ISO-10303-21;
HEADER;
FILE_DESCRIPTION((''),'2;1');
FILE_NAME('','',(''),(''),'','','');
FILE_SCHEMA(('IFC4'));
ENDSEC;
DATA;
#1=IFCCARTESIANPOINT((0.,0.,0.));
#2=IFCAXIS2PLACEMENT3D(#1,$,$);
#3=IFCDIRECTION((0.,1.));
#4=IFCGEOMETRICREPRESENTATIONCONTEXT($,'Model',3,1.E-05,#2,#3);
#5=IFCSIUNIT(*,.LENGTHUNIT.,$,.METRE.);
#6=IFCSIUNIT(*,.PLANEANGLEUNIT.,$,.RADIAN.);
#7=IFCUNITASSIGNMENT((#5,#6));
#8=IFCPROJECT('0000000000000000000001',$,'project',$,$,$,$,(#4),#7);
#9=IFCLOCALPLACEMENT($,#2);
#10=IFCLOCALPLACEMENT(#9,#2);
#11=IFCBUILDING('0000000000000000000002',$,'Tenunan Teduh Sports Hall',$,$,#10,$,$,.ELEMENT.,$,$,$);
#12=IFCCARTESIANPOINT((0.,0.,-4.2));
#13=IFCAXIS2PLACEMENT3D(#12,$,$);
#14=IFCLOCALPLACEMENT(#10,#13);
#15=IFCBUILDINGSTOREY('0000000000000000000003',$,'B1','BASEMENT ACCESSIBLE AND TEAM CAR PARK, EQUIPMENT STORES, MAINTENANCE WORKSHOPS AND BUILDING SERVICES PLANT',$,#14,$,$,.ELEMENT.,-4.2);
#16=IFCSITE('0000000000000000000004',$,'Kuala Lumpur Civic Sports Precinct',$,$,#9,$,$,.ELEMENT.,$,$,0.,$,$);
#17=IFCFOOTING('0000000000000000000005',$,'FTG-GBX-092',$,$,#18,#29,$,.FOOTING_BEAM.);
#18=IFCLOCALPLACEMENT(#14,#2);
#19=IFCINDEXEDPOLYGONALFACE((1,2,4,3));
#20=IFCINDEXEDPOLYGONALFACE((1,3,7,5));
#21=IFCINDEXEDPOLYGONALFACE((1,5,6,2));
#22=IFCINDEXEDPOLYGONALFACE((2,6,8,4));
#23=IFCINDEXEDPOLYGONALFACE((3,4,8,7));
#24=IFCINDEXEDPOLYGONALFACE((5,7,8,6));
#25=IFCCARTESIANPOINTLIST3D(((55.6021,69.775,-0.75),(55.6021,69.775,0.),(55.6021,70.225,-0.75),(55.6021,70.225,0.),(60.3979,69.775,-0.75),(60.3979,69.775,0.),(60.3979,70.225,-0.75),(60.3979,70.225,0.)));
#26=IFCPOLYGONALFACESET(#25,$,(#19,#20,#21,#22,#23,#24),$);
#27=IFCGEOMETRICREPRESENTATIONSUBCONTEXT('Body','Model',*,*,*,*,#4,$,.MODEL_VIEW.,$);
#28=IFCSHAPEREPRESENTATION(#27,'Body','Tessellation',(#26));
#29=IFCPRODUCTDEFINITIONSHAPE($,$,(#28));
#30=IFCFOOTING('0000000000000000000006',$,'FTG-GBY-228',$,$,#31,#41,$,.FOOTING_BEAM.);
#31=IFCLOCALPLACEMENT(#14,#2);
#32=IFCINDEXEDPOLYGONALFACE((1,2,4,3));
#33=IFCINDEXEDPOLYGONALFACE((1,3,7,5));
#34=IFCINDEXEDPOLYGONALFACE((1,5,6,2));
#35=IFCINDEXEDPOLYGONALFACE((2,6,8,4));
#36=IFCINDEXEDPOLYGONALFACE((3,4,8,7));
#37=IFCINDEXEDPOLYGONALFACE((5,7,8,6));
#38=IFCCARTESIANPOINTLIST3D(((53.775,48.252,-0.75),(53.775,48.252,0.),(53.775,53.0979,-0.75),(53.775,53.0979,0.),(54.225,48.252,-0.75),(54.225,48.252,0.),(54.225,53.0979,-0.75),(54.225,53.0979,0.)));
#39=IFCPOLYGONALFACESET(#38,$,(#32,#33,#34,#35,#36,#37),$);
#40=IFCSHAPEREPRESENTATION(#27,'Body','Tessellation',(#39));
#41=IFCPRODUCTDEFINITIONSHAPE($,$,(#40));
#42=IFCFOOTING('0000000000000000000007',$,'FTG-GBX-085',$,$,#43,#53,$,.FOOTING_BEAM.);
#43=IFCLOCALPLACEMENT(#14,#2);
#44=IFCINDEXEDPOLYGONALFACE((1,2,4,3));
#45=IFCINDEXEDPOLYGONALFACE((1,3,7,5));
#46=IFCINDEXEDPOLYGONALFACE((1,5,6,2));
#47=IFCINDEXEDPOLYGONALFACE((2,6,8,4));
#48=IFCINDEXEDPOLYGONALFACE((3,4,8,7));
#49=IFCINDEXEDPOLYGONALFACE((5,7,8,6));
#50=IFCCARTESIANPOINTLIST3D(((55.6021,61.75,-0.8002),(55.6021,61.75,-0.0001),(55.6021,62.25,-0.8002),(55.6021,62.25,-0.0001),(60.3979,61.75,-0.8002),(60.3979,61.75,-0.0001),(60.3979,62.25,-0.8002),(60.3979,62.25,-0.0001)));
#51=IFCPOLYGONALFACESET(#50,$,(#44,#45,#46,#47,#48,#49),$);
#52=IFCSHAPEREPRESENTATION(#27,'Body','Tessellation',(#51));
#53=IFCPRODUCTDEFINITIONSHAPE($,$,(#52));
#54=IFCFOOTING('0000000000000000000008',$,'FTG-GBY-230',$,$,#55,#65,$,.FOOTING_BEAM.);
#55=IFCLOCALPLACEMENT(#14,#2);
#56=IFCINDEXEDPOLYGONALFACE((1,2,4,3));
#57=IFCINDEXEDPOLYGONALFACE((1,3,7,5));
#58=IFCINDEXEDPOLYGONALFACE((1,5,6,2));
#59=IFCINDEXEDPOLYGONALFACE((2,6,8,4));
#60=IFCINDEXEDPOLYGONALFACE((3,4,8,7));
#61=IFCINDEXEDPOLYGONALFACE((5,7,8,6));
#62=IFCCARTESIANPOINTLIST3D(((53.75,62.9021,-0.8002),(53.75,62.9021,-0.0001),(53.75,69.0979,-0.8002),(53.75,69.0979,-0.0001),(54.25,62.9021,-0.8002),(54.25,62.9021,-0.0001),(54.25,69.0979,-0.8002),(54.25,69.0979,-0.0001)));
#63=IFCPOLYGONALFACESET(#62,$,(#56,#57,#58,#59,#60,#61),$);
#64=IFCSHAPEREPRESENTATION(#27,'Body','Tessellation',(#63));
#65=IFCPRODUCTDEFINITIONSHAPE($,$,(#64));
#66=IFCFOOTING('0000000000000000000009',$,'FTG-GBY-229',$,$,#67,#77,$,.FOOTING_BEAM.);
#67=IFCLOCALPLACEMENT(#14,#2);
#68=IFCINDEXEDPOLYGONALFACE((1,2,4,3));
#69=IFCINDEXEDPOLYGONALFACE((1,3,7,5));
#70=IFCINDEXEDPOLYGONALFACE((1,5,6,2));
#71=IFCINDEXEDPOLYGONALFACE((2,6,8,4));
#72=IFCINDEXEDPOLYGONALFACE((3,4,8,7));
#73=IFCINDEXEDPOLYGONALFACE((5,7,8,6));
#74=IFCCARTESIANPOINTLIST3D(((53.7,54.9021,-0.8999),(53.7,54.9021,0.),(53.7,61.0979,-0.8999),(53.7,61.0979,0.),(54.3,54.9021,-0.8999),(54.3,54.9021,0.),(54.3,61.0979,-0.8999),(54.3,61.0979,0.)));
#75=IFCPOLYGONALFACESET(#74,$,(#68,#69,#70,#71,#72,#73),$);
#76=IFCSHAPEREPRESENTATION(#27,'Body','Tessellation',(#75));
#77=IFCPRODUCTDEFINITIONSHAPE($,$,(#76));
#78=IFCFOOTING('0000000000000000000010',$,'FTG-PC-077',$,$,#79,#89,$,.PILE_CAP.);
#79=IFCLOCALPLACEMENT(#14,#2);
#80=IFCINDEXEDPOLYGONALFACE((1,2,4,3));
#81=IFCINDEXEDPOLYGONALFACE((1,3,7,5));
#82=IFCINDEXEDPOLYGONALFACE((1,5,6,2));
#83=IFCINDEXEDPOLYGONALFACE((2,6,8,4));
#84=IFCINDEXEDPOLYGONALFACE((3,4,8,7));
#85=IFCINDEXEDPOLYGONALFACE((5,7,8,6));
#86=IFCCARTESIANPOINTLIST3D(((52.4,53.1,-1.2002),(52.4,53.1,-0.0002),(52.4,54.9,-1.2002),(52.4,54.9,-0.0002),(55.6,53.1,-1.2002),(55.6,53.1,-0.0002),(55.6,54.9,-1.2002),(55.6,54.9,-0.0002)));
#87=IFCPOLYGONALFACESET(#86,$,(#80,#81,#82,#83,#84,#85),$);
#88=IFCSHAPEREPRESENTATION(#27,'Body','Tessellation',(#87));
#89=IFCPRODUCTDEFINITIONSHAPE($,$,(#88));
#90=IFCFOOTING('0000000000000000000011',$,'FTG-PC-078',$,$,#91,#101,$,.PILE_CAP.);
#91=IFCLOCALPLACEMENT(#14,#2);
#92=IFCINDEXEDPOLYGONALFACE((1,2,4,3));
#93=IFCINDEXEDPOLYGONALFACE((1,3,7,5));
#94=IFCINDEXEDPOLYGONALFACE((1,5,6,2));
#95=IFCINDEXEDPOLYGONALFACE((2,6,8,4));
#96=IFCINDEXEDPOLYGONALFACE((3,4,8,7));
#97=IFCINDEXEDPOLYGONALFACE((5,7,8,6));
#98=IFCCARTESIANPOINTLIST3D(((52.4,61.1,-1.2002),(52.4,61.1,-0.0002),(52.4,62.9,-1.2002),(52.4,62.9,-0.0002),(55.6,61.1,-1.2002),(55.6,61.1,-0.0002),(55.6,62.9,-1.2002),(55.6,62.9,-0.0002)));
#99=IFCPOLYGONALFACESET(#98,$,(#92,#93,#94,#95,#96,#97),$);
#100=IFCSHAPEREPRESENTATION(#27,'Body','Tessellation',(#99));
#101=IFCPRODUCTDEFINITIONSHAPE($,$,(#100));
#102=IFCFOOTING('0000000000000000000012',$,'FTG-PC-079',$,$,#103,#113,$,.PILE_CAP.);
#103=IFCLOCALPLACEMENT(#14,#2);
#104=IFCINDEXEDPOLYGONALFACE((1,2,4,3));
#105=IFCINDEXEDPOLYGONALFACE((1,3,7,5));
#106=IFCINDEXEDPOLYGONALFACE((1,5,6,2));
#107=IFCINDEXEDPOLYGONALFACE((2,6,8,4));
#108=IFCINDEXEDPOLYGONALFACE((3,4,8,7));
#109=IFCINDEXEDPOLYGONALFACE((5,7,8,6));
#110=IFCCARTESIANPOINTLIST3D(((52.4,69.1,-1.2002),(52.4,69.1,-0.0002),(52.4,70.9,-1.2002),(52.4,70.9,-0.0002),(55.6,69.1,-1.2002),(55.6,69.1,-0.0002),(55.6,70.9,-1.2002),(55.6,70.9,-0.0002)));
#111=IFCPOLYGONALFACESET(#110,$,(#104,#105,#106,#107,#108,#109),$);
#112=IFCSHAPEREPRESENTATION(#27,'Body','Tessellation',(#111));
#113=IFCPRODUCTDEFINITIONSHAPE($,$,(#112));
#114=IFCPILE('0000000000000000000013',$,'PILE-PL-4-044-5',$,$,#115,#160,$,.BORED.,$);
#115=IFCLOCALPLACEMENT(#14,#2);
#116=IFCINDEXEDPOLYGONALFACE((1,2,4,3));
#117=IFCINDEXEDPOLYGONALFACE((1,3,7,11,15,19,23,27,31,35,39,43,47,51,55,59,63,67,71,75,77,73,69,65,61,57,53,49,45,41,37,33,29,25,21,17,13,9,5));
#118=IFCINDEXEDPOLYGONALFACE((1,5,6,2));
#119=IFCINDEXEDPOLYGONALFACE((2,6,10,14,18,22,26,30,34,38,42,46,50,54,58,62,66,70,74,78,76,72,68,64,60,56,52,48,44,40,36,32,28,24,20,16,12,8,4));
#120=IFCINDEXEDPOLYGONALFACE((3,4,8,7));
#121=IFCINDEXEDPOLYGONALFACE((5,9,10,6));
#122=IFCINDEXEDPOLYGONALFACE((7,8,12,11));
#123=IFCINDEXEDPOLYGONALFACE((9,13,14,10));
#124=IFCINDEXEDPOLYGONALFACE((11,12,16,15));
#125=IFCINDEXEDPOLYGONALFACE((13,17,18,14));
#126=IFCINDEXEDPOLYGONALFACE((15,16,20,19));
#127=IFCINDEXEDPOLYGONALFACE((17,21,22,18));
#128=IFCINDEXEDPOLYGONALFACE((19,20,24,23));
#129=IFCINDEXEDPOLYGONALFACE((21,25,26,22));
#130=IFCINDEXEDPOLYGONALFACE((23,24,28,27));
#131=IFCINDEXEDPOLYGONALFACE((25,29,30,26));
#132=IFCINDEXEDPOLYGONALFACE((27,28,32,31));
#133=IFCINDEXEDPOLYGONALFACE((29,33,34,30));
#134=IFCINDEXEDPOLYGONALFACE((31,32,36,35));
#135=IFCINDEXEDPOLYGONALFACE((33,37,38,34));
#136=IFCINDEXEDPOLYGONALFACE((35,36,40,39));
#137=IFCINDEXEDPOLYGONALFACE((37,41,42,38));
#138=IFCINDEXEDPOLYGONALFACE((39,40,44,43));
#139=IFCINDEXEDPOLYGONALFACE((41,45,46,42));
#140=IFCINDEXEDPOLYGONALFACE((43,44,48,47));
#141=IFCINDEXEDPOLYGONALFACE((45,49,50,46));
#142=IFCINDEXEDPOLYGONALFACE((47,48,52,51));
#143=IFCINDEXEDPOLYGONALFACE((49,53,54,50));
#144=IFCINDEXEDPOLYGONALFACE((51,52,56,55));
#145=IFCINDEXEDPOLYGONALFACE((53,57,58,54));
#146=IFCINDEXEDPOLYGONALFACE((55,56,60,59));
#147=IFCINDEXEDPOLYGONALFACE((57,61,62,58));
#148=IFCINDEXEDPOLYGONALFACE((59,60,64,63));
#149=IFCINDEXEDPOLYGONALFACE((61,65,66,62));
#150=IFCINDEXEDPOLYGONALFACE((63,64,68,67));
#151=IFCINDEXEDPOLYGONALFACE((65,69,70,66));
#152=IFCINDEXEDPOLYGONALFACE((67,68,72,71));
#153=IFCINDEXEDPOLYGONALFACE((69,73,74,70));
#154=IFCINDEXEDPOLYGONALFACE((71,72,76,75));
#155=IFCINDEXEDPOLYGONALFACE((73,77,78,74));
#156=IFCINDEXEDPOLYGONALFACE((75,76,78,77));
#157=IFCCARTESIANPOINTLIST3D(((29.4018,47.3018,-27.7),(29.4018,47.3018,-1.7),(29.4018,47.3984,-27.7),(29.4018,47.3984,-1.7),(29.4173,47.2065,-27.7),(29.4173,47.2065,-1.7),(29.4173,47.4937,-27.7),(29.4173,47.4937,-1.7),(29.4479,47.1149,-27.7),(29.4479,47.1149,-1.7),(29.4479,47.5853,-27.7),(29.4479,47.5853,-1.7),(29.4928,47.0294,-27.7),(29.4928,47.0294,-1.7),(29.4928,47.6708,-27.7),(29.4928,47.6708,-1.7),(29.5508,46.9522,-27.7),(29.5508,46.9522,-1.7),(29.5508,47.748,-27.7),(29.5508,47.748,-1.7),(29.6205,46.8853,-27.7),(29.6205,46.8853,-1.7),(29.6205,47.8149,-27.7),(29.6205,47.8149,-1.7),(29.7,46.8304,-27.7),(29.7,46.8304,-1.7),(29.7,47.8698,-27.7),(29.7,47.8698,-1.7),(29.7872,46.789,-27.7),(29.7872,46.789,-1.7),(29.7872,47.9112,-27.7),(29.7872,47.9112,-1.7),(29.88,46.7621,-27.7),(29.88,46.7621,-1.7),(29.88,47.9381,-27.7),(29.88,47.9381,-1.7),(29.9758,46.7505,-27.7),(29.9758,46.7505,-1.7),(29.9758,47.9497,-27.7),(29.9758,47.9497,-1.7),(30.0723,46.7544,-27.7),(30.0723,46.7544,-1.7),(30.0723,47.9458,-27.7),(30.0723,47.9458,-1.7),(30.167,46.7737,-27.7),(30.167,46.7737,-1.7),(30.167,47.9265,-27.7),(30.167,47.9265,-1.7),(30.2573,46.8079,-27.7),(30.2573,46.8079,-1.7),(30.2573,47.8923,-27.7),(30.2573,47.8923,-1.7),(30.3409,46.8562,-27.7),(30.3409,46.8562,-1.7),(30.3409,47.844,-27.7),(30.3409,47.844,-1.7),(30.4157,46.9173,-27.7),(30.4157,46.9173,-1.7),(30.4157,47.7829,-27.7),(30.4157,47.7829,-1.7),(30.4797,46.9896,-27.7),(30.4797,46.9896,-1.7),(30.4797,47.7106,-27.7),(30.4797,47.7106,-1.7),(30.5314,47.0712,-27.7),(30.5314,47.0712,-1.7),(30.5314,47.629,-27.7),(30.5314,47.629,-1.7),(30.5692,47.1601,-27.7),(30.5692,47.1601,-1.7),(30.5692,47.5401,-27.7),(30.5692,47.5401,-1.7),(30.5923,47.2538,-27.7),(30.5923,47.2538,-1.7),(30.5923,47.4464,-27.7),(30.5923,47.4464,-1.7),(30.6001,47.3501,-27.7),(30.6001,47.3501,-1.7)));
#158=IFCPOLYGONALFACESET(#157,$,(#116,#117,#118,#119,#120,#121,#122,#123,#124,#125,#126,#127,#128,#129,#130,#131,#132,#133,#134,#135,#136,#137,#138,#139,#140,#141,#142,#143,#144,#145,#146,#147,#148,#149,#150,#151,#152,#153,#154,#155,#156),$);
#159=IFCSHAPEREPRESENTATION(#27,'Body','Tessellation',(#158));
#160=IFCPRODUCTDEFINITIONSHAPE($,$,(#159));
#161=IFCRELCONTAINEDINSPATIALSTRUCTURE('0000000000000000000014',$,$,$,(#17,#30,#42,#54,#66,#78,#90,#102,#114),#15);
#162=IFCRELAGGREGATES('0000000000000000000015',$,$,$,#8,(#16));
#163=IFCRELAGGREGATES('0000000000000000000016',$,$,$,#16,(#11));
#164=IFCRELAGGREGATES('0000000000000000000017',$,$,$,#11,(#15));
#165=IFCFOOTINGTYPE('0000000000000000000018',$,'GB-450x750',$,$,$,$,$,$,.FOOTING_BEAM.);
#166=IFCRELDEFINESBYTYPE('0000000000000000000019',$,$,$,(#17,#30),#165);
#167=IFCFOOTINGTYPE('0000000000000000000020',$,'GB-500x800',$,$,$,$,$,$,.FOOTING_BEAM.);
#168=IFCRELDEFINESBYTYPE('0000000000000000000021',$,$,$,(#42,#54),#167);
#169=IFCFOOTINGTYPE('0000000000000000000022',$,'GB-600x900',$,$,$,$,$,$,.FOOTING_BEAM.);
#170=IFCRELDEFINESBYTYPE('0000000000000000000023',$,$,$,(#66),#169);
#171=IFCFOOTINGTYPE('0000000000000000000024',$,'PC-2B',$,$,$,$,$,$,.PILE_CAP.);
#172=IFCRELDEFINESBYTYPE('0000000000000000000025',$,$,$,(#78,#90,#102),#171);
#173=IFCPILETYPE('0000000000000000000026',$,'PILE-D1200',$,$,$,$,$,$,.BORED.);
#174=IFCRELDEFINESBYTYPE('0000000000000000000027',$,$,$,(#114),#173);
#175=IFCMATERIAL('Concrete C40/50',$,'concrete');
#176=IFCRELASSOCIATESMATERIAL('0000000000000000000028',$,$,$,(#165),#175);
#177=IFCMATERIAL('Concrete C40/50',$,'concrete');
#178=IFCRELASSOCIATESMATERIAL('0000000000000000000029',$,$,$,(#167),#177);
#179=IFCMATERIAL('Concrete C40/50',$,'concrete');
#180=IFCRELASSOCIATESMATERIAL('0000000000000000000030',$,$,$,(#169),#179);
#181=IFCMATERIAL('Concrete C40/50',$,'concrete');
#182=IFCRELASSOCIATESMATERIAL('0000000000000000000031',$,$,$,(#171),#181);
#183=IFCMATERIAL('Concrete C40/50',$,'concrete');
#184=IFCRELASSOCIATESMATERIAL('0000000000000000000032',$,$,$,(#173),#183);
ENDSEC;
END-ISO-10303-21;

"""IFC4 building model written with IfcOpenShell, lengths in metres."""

from ifc_helpers import new_model, si_unit, direction, frame, origin, origin_2d, place, context, subcontext, project, spatial, rectangle, circle, extrude, material, material_profile, profile_set, type_object, element, save


model = new_model("IFC4")

# Units and contexts
model_context = context("Model", 3, precision=1e-05, world=origin(), true_north=direction((0.0, 1.0)))
body_context = subcontext(model_context, "Body", "Model", "MODEL_VIEW")
ifc_project = project(units=[si_unit("LENGTHUNIT", "METRE"), si_unit("PLANEANGLEUNIT", "RADIAN")], contexts=[model_context])

# Site, building, storey
site_placement = place(None, origin())
site = spatial("IfcSite", under=ifc_project, at=site_placement, Name="Kuala Lumpur Civic Sports Precinct", CompositionType="ELEMENT", RefElevation=0.0)
building_placement = place(site_placement, origin())
building = spatial("IfcBuilding", under=site, at=building_placement, Name="Tenunan Teduh Sports Hall", CompositionType="ELEMENT")
storey_placement = place(building_placement, frame((0.0, 0.0, -4.2)))
storey = spatial("IfcBuildingStorey", under=building, at=storey_placement, Name="B1", Description="BASEMENT ACCESSIBLE AND TEAM CAR PARK, EQUIPMENT STORES, MAINTENANCE WORKSHOPS AND BUILDING SERVICES PLANT", CompositionType="ELEMENT", Elevation=-4.2)

# Footings
ifc_material_1 = material(Name="Concrete C40/50", Category="concrete")
ifc_material_profile_1 = material_profile(ifc_material_1, rectangle(XDim=0.45, YDim=0.75, at=origin_2d()), Name="RCB 450x750")
ifc_profile_set_1 = profile_set([ifc_material_profile_1], Name="Concrete C40/50")
footing_type_1 = type_object("IfcFootingType", Name="GB-450x750", PredefinedType="FOOTING_BEAM", material=ifc_profile_set_1)
footing_1_placement = place(storey_placement, frame((55.6021, 70.0, -0.375), z_axis=(1.0, 0.0, 0.0), x_axis=(0.0, 1.0, 0.0)))
element("IfcFooting", 1, at=footing_1_placement, inside=storey, type_object=footing_type_1, Name="FTG-GBX-092", PredefinedType="FOOTING_BEAM", context=body_context, shape_type="SweptSolid", body=[
    extrude(rectangle(XDim=0.45, YDim=0.75, at=origin_2d()), origin(), (0.0, 0.0, 1.0), 4.7959),
])
footing_2_placement = place(storey_placement, frame((54.0, 48.252, -0.375), z_axis=(0.0, 1.0, 0.0), x_axis=(-1.0, 0.0, 0.0)))
element("IfcFooting", 2, at=footing_2_placement, inside=storey, type_object=footing_type_1, Name="FTG-GBY-228", PredefinedType="FOOTING_BEAM", context=body_context, shape_type="SweptSolid", body=[
    extrude(rectangle(XDim=0.45, YDim=0.75, at=origin_2d()), origin(), (0.0, 0.0, 1.0), 4.8459),
])
ifc_material_2 = material(Name="Concrete C40/50", Category="concrete")
ifc_material_profile_2 = material_profile(ifc_material_2, rectangle(XDim=0.5, YDim=0.8, at=origin_2d()), Name="RCB 500x800")
ifc_profile_set_2 = profile_set([ifc_material_profile_2], Name="Concrete C40/50")
footing_type_2 = type_object("IfcFootingType", Name="GB-500x800", PredefinedType="FOOTING_BEAM", material=ifc_profile_set_2)
footing_3_placement = place(storey_placement, frame((55.6021, 62.0, -0.4001), z_axis=(1.0, 0.0, 0.0), x_axis=(0.0, 1.0, 0.0)))
element("IfcFooting", 3, at=footing_3_placement, inside=storey, type_object=footing_type_2, Name="FTG-GBX-085", PredefinedType="FOOTING_BEAM", context=body_context, shape_type="SweptSolid", body=[
    extrude(rectangle(XDim=0.5, YDim=0.8, at=origin_2d()), origin(), (0.0, 0.0, 1.0), 4.7959),
])
footing_4_placement = place(storey_placement, frame((54.0, 62.9021, -0.4001), z_axis=(0.0, 1.0, 0.0), x_axis=(-1.0, 0.0, 0.0)))
element("IfcFooting", 4, at=footing_4_placement, inside=storey, type_object=footing_type_2, Name="FTG-GBY-230", PredefinedType="FOOTING_BEAM", context=body_context, shape_type="SweptSolid", body=[
    extrude(rectangle(XDim=0.5, YDim=0.8, at=origin_2d()), origin(), (0.0, 0.0, 1.0), 6.1958),
])
ifc_material_3 = material(Name="Concrete C40/50", Category="concrete")
ifc_material_profile_3 = material_profile(ifc_material_3, rectangle(XDim=0.6001, YDim=0.8999, at=origin_2d()), Name="RCB 600x900")
ifc_profile_set_3 = profile_set([ifc_material_profile_3], Name="Concrete C40/50")
footing_type_3 = type_object("IfcFootingType", Name="GB-600x900", PredefinedType="FOOTING_BEAM", material=ifc_profile_set_3)
footing_5_placement = place(storey_placement, frame((54.0, 54.9021, -0.45), z_axis=(0.0, 1.0, 0.0), x_axis=(-1.0, 0.0, 0.0)))
element("IfcFooting", 5, at=footing_5_placement, inside=storey, type_object=footing_type_3, Name="FTG-GBY-229", PredefinedType="FOOTING_BEAM", context=body_context, shape_type="SweptSolid", body=[
    extrude(rectangle(XDim=0.6001, YDim=0.8999, at=origin_2d()), origin(), (0.0, 0.0, 1.0), 6.1958),
])
ifc_material_4 = material(Name="Concrete C40/50", Category="concrete")
footing_type_4 = type_object("IfcFootingType", Name="PC-2B", PredefinedType="PILE_CAP", material=ifc_material_4)
for number, where, z_axis, x_axis, name in (
    (6, (54.0, 54.0, -1.2002), (0.0, 0.0, 1.0), (1.0, 0.0, 0.0), "FTG-PC-077"),
    (7, (54.0, 62.0, -1.2002), (0.0, 0.0, 1.0), (1.0, 0.0, 0.0), "FTG-PC-078"),
    (8, (54.0, 70.0, -1.2002), (0.0, 0.0, 1.0), (1.0, 0.0, 0.0), "FTG-PC-079"),
):
    element("IfcFooting", number, at=place(storey_placement, frame(where, z_axis=z_axis, x_axis=x_axis)), inside=storey, type_object=footing_type_4, Name=name, PredefinedType="PILE_CAP", context=body_context, shape_type="SweptSolid", body=[
        extrude(rectangle(XDim=3.2, YDim=1.8, at=origin_2d()), origin(), (0.0, 0.0, 1.0), 1.2),
    ])

# Pile
ifc_material_5 = material(Name="Concrete C40/50", Category="concrete")
ifc_material_profile_4 = material_profile(ifc_material_5, circle(Radius=0.6001, at=origin_2d()), Name="PILE D1200")
ifc_profile_set_4 = profile_set([ifc_material_profile_4], Name="Concrete C40/50")
pile_type_1 = type_object("IfcPileType", Name="PILE-D1200", PredefinedType="BORED", material=ifc_profile_set_4)
for number, where, z_axis, x_axis, name in (
    (9, (30.0, 47.3501, -1.7), (0.0, 0.0, -1.0), (1.0, 0.0, 0.0), "PILE-PL-4-044-5"),
):
    element("IfcPile", number, at=place(storey_placement, frame(where, z_axis=z_axis, x_axis=x_axis)), inside=storey, type_object=pile_type_1, Name=name, PredefinedType="BORED", context=body_context, shape_type="SweptSolid", body=[
        extrude(circle(Radius=0.6001, at=origin_2d()), origin(), (0.0, 0.0, 1.0), 26.0),
    ])

save(model, "model.ifc")
